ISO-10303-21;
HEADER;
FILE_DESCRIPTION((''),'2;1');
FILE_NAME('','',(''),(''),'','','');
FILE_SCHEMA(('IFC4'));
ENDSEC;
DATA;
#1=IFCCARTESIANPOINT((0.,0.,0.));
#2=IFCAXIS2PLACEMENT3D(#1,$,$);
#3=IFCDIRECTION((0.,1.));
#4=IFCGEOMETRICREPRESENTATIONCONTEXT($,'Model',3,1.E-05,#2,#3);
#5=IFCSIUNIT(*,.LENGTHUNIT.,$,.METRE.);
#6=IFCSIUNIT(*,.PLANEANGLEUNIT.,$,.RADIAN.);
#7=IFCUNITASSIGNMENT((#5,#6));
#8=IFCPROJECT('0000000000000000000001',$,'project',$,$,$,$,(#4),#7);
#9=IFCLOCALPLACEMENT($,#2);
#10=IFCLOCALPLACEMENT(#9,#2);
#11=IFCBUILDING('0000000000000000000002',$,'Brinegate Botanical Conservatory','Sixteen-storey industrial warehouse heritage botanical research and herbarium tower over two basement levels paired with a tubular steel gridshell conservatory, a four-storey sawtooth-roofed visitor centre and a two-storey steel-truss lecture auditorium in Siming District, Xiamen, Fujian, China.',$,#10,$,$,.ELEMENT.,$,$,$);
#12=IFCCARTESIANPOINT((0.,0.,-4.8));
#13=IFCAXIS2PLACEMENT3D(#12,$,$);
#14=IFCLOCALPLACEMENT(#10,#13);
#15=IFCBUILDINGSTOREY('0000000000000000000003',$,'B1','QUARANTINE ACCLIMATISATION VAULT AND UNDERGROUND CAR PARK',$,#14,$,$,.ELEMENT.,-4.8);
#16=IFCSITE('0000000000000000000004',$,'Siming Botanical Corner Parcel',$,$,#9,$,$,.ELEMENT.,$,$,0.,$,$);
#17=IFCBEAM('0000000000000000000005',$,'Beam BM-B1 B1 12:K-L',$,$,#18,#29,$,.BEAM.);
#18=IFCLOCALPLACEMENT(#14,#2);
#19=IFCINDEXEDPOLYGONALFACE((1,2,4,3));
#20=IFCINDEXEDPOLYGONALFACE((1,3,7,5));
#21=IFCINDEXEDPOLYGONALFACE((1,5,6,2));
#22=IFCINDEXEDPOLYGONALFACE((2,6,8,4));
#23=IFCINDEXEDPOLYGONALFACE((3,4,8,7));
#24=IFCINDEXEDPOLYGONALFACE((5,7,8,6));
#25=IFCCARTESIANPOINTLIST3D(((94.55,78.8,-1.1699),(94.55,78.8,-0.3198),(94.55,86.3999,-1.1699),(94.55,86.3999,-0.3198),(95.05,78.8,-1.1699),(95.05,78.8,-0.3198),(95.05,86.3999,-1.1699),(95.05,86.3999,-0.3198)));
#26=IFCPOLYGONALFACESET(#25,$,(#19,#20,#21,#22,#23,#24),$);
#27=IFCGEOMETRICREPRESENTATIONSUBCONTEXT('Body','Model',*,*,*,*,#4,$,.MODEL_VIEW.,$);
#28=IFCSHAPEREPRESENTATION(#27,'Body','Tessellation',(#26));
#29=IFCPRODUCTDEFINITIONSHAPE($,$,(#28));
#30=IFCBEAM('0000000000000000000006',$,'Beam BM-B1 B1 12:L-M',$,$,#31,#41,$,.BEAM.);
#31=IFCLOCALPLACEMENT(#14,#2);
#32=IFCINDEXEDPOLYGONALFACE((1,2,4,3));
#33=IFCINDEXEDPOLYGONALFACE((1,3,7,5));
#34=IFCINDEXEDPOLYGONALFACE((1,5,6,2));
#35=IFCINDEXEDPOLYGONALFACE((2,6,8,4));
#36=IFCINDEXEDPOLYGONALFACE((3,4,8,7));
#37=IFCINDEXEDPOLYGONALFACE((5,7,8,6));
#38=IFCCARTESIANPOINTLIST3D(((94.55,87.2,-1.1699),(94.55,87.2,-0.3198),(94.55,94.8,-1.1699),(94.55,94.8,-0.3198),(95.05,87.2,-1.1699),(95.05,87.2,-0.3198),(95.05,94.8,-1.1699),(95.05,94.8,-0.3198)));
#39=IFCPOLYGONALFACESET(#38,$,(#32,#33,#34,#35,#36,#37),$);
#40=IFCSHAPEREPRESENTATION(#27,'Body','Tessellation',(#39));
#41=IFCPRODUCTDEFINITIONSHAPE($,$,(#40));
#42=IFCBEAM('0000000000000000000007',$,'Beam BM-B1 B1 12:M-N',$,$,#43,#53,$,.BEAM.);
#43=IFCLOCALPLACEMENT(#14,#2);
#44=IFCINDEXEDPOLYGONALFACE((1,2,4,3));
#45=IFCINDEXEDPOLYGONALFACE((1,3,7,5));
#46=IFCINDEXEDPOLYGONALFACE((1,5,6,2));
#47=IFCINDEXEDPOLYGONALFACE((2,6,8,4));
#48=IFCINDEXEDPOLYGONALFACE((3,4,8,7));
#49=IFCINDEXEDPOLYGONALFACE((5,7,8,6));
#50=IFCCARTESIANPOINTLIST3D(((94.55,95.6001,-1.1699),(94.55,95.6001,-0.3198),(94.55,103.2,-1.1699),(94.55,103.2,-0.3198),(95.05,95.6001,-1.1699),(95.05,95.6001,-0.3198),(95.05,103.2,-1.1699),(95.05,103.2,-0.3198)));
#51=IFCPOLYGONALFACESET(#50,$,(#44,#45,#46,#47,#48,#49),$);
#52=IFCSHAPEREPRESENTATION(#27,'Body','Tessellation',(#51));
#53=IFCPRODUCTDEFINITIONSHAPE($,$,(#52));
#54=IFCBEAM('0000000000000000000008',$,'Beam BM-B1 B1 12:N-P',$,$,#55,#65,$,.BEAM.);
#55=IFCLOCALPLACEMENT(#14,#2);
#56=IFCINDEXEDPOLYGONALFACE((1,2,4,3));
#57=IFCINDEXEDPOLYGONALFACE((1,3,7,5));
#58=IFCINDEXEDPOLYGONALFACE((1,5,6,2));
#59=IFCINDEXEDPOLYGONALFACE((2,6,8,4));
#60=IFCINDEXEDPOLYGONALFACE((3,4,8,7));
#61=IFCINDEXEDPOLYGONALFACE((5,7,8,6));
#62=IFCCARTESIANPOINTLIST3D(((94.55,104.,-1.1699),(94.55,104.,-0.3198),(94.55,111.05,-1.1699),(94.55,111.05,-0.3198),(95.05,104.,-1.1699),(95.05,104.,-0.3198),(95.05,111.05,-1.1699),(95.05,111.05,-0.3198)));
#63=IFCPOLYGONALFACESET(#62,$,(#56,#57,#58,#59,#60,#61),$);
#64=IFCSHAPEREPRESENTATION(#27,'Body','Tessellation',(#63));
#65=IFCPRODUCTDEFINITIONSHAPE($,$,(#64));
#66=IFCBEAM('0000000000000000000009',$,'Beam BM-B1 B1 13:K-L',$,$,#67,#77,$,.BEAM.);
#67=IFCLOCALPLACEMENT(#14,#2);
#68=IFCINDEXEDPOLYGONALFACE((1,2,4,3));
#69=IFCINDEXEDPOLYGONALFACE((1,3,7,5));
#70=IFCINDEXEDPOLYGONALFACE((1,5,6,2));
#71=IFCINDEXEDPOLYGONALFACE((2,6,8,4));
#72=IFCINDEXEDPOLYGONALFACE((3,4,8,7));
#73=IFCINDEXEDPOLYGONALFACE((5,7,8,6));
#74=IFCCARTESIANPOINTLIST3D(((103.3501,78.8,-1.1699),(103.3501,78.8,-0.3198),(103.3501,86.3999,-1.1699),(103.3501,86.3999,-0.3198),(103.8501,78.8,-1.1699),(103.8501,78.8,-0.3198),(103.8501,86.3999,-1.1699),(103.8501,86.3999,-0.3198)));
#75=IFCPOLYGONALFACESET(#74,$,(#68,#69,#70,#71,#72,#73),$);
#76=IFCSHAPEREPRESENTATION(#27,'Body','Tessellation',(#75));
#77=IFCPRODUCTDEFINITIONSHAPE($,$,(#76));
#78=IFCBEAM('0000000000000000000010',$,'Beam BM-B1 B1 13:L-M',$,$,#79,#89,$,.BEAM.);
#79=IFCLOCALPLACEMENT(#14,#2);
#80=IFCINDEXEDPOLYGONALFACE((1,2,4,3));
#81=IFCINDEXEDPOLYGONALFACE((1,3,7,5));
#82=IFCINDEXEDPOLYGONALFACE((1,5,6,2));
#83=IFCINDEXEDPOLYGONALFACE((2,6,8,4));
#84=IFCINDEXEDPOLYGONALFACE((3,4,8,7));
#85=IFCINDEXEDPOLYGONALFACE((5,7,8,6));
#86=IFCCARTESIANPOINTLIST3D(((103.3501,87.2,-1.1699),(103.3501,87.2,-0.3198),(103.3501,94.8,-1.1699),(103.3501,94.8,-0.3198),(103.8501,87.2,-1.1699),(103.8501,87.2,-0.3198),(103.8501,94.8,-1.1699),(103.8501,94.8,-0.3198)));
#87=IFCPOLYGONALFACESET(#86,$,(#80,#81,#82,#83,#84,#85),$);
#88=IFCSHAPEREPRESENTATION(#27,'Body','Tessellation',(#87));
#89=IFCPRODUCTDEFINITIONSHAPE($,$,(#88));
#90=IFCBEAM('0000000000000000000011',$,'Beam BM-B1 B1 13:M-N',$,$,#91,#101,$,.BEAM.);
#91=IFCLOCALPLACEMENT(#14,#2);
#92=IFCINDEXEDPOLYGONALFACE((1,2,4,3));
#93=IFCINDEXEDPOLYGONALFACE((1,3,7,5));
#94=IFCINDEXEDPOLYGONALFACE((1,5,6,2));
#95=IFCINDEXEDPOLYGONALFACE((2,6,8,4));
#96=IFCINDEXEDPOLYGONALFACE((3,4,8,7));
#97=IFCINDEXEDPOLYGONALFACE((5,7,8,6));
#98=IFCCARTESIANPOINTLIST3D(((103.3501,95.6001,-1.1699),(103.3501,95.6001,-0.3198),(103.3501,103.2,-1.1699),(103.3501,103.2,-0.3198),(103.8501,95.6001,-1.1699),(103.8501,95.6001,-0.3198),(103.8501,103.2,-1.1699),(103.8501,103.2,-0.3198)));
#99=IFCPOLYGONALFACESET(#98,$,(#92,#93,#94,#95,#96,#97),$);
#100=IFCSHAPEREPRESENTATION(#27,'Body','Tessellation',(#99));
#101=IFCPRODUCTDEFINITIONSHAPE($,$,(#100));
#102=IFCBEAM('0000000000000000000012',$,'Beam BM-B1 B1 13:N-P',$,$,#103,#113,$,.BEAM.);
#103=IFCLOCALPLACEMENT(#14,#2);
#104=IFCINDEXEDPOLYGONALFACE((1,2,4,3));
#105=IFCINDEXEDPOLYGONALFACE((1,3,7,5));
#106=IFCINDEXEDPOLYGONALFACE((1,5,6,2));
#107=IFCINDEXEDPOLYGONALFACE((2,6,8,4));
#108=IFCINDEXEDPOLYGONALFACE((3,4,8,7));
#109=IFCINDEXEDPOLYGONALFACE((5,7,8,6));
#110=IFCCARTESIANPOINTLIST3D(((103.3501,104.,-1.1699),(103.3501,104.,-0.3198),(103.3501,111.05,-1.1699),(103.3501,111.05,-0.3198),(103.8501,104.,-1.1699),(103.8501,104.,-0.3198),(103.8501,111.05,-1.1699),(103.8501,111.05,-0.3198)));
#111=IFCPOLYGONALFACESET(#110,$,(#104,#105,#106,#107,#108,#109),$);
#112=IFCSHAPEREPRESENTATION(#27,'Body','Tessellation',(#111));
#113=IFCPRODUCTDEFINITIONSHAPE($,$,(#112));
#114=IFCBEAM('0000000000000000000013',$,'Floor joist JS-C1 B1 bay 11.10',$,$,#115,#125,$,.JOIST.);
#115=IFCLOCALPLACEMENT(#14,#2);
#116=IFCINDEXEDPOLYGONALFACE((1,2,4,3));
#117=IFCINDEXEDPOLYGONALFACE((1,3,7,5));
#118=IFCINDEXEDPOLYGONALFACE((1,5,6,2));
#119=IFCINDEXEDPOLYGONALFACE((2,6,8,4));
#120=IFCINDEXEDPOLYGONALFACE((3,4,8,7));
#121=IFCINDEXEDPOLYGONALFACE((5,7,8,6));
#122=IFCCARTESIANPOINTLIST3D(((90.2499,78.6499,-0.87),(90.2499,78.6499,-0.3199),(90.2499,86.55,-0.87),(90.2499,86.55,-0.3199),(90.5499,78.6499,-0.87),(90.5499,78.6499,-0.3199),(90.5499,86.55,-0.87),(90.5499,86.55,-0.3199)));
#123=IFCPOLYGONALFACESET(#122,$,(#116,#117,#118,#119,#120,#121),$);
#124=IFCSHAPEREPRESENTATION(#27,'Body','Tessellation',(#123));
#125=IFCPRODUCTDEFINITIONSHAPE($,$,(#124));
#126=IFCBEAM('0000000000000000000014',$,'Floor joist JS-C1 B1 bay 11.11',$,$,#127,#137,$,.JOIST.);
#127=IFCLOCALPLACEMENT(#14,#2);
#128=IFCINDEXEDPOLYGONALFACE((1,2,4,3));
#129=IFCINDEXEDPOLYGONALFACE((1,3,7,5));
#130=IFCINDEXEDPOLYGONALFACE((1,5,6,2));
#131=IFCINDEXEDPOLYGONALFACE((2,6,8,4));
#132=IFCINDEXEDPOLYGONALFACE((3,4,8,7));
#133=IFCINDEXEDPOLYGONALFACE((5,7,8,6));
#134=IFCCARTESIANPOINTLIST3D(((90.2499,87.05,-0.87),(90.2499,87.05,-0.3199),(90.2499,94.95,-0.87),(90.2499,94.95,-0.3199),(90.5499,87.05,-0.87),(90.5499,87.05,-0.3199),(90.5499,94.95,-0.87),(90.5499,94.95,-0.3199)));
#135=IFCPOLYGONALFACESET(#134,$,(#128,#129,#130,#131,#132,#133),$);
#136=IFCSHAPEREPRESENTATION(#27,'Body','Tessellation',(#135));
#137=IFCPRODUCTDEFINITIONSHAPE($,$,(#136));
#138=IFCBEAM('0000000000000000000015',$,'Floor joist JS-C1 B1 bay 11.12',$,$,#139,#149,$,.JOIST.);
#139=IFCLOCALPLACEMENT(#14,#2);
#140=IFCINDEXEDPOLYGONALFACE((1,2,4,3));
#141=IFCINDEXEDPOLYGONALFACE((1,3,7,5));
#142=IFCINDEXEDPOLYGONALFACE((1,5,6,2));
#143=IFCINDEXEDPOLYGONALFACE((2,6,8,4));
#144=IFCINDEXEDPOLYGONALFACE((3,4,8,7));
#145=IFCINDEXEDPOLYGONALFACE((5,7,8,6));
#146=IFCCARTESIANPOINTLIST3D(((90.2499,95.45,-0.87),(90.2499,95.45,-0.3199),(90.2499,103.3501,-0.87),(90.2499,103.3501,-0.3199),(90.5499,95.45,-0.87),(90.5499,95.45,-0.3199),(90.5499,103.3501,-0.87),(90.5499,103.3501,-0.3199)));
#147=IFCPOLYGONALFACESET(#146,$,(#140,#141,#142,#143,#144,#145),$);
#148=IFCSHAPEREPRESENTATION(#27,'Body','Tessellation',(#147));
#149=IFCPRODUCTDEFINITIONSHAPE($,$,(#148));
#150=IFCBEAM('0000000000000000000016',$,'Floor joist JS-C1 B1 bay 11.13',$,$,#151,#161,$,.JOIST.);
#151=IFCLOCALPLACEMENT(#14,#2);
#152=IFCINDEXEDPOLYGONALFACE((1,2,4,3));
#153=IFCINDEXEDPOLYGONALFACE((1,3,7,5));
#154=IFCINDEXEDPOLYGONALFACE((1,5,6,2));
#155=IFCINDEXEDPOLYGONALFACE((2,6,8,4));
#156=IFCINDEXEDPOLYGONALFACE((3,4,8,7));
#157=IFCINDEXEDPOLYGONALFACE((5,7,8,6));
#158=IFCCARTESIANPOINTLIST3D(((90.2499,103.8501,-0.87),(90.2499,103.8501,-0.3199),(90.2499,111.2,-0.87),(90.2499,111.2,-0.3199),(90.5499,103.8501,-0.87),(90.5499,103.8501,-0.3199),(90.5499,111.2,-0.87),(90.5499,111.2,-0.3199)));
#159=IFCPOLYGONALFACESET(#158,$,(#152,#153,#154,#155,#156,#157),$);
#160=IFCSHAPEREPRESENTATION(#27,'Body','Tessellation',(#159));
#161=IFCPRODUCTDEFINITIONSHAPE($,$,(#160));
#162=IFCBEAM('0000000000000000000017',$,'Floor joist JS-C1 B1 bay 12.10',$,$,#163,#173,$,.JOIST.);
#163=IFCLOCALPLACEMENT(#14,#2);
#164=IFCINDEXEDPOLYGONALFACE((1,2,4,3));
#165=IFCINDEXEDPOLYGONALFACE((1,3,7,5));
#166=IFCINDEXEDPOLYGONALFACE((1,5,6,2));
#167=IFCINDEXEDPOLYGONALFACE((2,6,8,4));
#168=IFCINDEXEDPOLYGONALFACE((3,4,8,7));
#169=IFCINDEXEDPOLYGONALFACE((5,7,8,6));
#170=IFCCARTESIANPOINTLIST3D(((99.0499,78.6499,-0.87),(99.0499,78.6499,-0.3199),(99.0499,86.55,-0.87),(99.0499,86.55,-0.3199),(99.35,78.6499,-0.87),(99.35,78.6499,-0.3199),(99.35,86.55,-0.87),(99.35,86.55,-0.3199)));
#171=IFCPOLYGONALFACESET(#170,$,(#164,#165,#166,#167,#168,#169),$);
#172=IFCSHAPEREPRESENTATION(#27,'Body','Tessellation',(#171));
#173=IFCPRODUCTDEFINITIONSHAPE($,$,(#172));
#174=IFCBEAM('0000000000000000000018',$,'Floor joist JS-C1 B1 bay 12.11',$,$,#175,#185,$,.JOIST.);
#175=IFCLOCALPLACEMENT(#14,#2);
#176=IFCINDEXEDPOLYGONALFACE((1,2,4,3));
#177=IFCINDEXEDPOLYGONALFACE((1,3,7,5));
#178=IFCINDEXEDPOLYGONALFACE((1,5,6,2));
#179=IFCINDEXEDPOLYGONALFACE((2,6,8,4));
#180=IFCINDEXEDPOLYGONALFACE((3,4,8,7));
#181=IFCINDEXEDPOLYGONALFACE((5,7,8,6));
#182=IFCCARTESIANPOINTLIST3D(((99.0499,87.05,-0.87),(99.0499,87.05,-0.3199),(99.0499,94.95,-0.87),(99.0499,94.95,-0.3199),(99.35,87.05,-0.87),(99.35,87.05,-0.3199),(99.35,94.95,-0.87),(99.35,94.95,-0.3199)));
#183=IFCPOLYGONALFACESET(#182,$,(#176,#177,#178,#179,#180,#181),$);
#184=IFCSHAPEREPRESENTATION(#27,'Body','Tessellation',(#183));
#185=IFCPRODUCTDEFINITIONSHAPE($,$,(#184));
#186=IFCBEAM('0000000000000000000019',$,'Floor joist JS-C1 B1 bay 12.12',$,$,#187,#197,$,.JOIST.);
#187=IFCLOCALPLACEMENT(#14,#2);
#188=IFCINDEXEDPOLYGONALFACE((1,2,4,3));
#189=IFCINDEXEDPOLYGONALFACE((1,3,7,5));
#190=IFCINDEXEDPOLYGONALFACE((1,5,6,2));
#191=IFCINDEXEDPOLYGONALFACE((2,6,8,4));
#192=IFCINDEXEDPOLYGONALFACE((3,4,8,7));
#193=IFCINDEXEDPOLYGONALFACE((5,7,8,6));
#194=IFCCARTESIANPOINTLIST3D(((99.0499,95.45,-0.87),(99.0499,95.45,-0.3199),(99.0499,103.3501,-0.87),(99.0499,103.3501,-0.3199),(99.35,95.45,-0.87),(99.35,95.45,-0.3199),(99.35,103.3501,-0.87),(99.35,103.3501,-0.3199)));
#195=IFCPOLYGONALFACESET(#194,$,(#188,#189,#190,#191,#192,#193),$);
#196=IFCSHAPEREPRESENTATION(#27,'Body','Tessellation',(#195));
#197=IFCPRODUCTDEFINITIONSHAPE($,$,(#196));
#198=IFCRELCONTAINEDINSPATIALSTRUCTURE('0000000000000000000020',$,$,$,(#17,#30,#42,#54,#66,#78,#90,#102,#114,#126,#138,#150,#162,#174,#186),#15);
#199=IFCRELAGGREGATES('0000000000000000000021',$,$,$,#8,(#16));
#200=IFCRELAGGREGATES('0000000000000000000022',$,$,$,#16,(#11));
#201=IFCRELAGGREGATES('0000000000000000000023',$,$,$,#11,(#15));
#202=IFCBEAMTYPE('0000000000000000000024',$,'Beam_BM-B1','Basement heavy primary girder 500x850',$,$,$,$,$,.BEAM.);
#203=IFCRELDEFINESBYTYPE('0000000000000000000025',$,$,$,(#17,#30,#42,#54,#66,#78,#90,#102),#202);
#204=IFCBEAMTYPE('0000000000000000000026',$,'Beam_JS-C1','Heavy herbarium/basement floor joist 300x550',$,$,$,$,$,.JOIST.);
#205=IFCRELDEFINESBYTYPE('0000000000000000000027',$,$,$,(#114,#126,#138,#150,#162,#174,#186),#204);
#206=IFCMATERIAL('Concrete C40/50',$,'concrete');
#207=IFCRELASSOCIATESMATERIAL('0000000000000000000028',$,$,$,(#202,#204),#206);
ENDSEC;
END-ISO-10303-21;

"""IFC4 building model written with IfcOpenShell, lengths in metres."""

from ifc_helpers import new_model, si_unit, direction, frame, origin, origin_2d, place, context, subcontext, project, spatial, rectangle, extrude, material, material_profile, profile_set, type_object, element, save


model = new_model("IFC4")

# Units and contexts
model_context = context("Model", 3, precision=1e-05, world=origin(), true_north=direction((0.0, 1.0)))
body_context = subcontext(model_context, "Body", "Model", "MODEL_VIEW")
ifc_project = project(units=[si_unit("LENGTHUNIT", "METRE"), si_unit("PLANEANGLEUNIT", "RADIAN")], contexts=[model_context])

# Site, building, storey
site_placement = place(None, origin())
site = spatial("IfcSite", under=ifc_project, at=site_placement, Name="Siming Botanical Corner Parcel", CompositionType="ELEMENT", RefElevation=0.0)
building_placement = place(site_placement, origin())
building = spatial("IfcBuilding", under=site, at=building_placement, Name="Brinegate Botanical Conservatory", Description="Sixteen-storey industrial warehouse heritage botanical research and herbarium tower over two basement levels paired with a tubular steel gridshell conservatory, a four-storey sawtooth-roofed visitor centre and a two-storey steel-truss lecture auditorium in Siming District, Xiamen, Fujian, China.", CompositionType="ELEMENT")
storey_placement = place(building_placement, frame((0.0, 0.0, -4.8)))
storey = spatial("IfcBuildingStorey", under=building, at=storey_placement, Name="B1", Description="QUARANTINE ACCLIMATISATION VAULT AND UNDERGROUND CAR PARK", CompositionType="ELEMENT", Elevation=-4.8)

# Shared definitions
ifc_material = material(Name="Concrete C40/50", Category="concrete")

# Beams
ifc_material_profile_1 = material_profile(ifc_material, rectangle(XDim=0.5, YDim=0.8501, at=origin_2d()), Name="RC BM 500x850")
ifc_profile_set_1 = profile_set([ifc_material_profile_1], Name="Concrete C40/50")
beam_type_1 = type_object("IfcBeamType", Name="Beam_BM-B1", Description="Basement heavy primary girder 500x850", PredefinedType="BEAM", material=ifc_profile_set_1)
beam_1_placement = place(storey_placement, frame((94.8, 78.8, -0.7449), z_axis=(0.0, 1.0, 0.0), x_axis=(-1.0, 0.0, 0.0)))
element("IfcBeam", 1, at=beam_1_placement, inside=storey, type_object=beam_type_1, Name="Beam BM-B1 B1 12:K-L", PredefinedType="BEAM", context=body_context, shape_type="SweptSolid", body=[
    extrude(rectangle(XDim=0.5, YDim=0.8501, at=origin_2d()), origin(), (0.0, 0.0, 1.0), 7.5999),
])
beam_2_placement = place(storey_placement, frame((94.8, 87.2, -0.7449), z_axis=(0.0, 1.0, 0.0), x_axis=(-1.0, 0.0, 0.0)))
element("IfcBeam", 2, at=beam_2_placement, inside=storey, type_object=beam_type_1, Name="Beam BM-B1 B1 12:L-M", PredefinedType="BEAM", context=body_context, shape_type="SweptSolid", body=[
    extrude(rectangle(XDim=0.5, YDim=0.8501, at=origin_2d()), origin(), (0.0, 0.0, 1.0), 7.6001),
])
beam_3_placement = place(storey_placement, frame((94.8, 95.6001, -0.7449), z_axis=(0.0, 1.0, 0.0), x_axis=(-1.0, 0.0, 0.0)))
element("IfcBeam", 3, at=beam_3_placement, inside=storey, type_object=beam_type_1, Name="Beam BM-B1 B1 12:M-N", PredefinedType="BEAM", context=body_context, shape_type="SweptSolid", body=[
    extrude(rectangle(XDim=0.5, YDim=0.8501, at=origin_2d()), origin(), (0.0, 0.0, 1.0), 7.5999),
])
beam_4_placement = place(storey_placement, frame((94.8, 104.0, -0.7449), z_axis=(0.0, 1.0, 0.0), x_axis=(-1.0, 0.0, 0.0)))
element("IfcBeam", 4, at=beam_4_placement, inside=storey, type_object=beam_type_1, Name="Beam BM-B1 B1 12:N-P", PredefinedType="BEAM", context=body_context, shape_type="SweptSolid", body=[
    extrude(rectangle(XDim=0.5, YDim=0.8501, at=origin_2d()), origin(), (0.0, 0.0, 1.0), 7.05),
])
beam_5_placement = place(storey_placement, frame((103.6001, 78.8, -0.7449), z_axis=(0.0, 1.0, 0.0), x_axis=(-1.0, 0.0, 0.0)))
element("IfcBeam", 5, at=beam_5_placement, inside=storey, type_object=beam_type_1, Name="Beam BM-B1 B1 13:K-L", PredefinedType="BEAM", context=body_context, shape_type="SweptSolid", body=[
    extrude(rectangle(XDim=0.5, YDim=0.8501, at=origin_2d()), origin(), (0.0, 0.0, 1.0), 7.5999),
])
beam_6_placement = place(storey_placement, frame((103.6001, 87.2, -0.7449), z_axis=(0.0, 1.0, 0.0), x_axis=(-1.0, 0.0, 0.0)))
element("IfcBeam", 6, at=beam_6_placement, inside=storey, type_object=beam_type_1, Name="Beam BM-B1 B1 13:L-M", PredefinedType="BEAM", context=body_context, shape_type="SweptSolid", body=[
    extrude(rectangle(XDim=0.5, YDim=0.8501, at=origin_2d()), origin(), (0.0, 0.0, 1.0), 7.6001),
])
beam_7_placement = place(storey_placement, frame((103.6001, 95.6001, -0.7449), z_axis=(0.0, 1.0, 0.0), x_axis=(-1.0, 0.0, 0.0)))
element("IfcBeam", 7, at=beam_7_placement, inside=storey, type_object=beam_type_1, Name="Beam BM-B1 B1 13:M-N", PredefinedType="BEAM", context=body_context, shape_type="SweptSolid", body=[
    extrude(rectangle(XDim=0.5, YDim=0.8501, at=origin_2d()), origin(), (0.0, 0.0, 1.0), 7.5999),
])
beam_8_placement = place(storey_placement, frame((103.6001, 104.0, -0.7449), z_axis=(0.0, 1.0, 0.0), x_axis=(-1.0, 0.0, 0.0)))
element("IfcBeam", 8, at=beam_8_placement, inside=storey, type_object=beam_type_1, Name="Beam BM-B1 B1 13:N-P", PredefinedType="BEAM", context=body_context, shape_type="SweptSolid", body=[
    extrude(rectangle(XDim=0.5, YDim=0.8501, at=origin_2d()), origin(), (0.0, 0.0, 1.0), 7.05),
])
ifc_material_profile_2 = material_profile(ifc_material, rectangle(XDim=0.3, YDim=0.55, at=origin_2d()), Name="RC JST 300x550")
ifc_profile_set_2 = profile_set([ifc_material_profile_2], Name="Concrete C40/50")
beam_type_2 = type_object("IfcBeamType", Name="Beam_JS-C1", Description="Heavy herbarium/basement floor joist 300x550", PredefinedType="JOIST", material=ifc_profile_set_2)
beam_9_placement = place(storey_placement, frame((90.3999, 78.6499, -0.595), z_axis=(0.0, 1.0, 0.0), x_axis=(-1.0, 0.0, 0.0)))
element("IfcBeam", 9, at=beam_9_placement, inside=storey, type_object=beam_type_2, Name="Floor joist JS-C1 B1 bay 11.10", PredefinedType="JOIST", context=body_context, shape_type="SweptSolid", body=[
    extrude(rectangle(XDim=0.3, YDim=0.55, at=origin_2d()), origin(), (0.0, 0.0, 1.0), 7.9001),
])
beam_10_placement = place(storey_placement, frame((90.3999, 87.05, -0.595), z_axis=(0.0, 1.0, 0.0), x_axis=(-1.0, 0.0, 0.0)))
element("IfcBeam", 10, at=beam_10_placement, inside=storey, type_object=beam_type_2, Name="Floor joist JS-C1 B1 bay 11.11", PredefinedType="JOIST", context=body_context, shape_type="SweptSolid", body=[
    extrude(rectangle(XDim=0.3, YDim=0.55, at=origin_2d()), origin(), (0.0, 0.0, 1.0), 7.8999),
])
beam_11_placement = place(storey_placement, frame((90.3999, 95.45, -0.595), z_axis=(0.0, 1.0, 0.0), x_axis=(-1.0, 0.0, 0.0)))
element("IfcBeam", 11, at=beam_11_placement, inside=storey, type_object=beam_type_2, Name="Floor joist JS-C1 B1 bay 11.12", PredefinedType="JOIST", context=body_context, shape_type="SweptSolid", body=[
    extrude(rectangle(XDim=0.3, YDim=0.55, at=origin_2d()), origin(), (0.0, 0.0, 1.0), 7.9001),
])
beam_12_placement = place(storey_placement, frame((90.3999, 103.8501, -0.595), z_axis=(0.0, 1.0, 0.0), x_axis=(-1.0, 0.0, 0.0)))
element("IfcBeam", 12, at=beam_12_placement, inside=storey, type_object=beam_type_2, Name="Floor joist JS-C1 B1 bay 11.13", PredefinedType="JOIST", context=body_context, shape_type="SweptSolid", body=[
    extrude(rectangle(XDim=0.3, YDim=0.55, at=origin_2d()), origin(), (0.0, 0.0, 1.0), 7.3499),
])
beam_13_placement = place(storey_placement, frame((99.2, 78.6499, -0.595), z_axis=(0.0, 1.0, 0.0), x_axis=(-1.0, 0.0, 0.0)))
element("IfcBeam", 13, at=beam_13_placement, inside=storey, type_object=beam_type_2, Name="Floor joist JS-C1 B1 bay 12.10", PredefinedType="JOIST", context=body_context, shape_type="SweptSolid", body=[
    extrude(rectangle(XDim=0.3, YDim=0.55, at=origin_2d()), origin(), (0.0, 0.0, 1.0), 7.9001),
])
beam_14_placement = place(storey_placement, frame((99.2, 87.05, -0.595), z_axis=(0.0, 1.0, 0.0), x_axis=(-1.0, 0.0, 0.0)))
element("IfcBeam", 14, at=beam_14_placement, inside=storey, type_object=beam_type_2, Name="Floor joist JS-C1 B1 bay 12.11", PredefinedType="JOIST", context=body_context, shape_type="SweptSolid", body=[
    extrude(rectangle(XDim=0.3, YDim=0.55, at=origin_2d()), origin(), (0.0, 0.0, 1.0), 7.8999),
])
beam_15_placement = place(storey_placement, frame((99.2, 95.45, -0.595), z_axis=(0.0, 1.0, 0.0), x_axis=(-1.0, 0.0, 0.0)))
element("IfcBeam", 15, at=beam_15_placement, inside=storey, type_object=beam_type_2, Name="Floor joist JS-C1 B1 bay 12.12", PredefinedType="JOIST", context=body_context, shape_type="SweptSolid", body=[
    extrude(rectangle(XDim=0.3, YDim=0.55, at=origin_2d()), origin(), (0.0, 0.0, 1.0), 7.9001),
])

save(model, "model.ifc")
